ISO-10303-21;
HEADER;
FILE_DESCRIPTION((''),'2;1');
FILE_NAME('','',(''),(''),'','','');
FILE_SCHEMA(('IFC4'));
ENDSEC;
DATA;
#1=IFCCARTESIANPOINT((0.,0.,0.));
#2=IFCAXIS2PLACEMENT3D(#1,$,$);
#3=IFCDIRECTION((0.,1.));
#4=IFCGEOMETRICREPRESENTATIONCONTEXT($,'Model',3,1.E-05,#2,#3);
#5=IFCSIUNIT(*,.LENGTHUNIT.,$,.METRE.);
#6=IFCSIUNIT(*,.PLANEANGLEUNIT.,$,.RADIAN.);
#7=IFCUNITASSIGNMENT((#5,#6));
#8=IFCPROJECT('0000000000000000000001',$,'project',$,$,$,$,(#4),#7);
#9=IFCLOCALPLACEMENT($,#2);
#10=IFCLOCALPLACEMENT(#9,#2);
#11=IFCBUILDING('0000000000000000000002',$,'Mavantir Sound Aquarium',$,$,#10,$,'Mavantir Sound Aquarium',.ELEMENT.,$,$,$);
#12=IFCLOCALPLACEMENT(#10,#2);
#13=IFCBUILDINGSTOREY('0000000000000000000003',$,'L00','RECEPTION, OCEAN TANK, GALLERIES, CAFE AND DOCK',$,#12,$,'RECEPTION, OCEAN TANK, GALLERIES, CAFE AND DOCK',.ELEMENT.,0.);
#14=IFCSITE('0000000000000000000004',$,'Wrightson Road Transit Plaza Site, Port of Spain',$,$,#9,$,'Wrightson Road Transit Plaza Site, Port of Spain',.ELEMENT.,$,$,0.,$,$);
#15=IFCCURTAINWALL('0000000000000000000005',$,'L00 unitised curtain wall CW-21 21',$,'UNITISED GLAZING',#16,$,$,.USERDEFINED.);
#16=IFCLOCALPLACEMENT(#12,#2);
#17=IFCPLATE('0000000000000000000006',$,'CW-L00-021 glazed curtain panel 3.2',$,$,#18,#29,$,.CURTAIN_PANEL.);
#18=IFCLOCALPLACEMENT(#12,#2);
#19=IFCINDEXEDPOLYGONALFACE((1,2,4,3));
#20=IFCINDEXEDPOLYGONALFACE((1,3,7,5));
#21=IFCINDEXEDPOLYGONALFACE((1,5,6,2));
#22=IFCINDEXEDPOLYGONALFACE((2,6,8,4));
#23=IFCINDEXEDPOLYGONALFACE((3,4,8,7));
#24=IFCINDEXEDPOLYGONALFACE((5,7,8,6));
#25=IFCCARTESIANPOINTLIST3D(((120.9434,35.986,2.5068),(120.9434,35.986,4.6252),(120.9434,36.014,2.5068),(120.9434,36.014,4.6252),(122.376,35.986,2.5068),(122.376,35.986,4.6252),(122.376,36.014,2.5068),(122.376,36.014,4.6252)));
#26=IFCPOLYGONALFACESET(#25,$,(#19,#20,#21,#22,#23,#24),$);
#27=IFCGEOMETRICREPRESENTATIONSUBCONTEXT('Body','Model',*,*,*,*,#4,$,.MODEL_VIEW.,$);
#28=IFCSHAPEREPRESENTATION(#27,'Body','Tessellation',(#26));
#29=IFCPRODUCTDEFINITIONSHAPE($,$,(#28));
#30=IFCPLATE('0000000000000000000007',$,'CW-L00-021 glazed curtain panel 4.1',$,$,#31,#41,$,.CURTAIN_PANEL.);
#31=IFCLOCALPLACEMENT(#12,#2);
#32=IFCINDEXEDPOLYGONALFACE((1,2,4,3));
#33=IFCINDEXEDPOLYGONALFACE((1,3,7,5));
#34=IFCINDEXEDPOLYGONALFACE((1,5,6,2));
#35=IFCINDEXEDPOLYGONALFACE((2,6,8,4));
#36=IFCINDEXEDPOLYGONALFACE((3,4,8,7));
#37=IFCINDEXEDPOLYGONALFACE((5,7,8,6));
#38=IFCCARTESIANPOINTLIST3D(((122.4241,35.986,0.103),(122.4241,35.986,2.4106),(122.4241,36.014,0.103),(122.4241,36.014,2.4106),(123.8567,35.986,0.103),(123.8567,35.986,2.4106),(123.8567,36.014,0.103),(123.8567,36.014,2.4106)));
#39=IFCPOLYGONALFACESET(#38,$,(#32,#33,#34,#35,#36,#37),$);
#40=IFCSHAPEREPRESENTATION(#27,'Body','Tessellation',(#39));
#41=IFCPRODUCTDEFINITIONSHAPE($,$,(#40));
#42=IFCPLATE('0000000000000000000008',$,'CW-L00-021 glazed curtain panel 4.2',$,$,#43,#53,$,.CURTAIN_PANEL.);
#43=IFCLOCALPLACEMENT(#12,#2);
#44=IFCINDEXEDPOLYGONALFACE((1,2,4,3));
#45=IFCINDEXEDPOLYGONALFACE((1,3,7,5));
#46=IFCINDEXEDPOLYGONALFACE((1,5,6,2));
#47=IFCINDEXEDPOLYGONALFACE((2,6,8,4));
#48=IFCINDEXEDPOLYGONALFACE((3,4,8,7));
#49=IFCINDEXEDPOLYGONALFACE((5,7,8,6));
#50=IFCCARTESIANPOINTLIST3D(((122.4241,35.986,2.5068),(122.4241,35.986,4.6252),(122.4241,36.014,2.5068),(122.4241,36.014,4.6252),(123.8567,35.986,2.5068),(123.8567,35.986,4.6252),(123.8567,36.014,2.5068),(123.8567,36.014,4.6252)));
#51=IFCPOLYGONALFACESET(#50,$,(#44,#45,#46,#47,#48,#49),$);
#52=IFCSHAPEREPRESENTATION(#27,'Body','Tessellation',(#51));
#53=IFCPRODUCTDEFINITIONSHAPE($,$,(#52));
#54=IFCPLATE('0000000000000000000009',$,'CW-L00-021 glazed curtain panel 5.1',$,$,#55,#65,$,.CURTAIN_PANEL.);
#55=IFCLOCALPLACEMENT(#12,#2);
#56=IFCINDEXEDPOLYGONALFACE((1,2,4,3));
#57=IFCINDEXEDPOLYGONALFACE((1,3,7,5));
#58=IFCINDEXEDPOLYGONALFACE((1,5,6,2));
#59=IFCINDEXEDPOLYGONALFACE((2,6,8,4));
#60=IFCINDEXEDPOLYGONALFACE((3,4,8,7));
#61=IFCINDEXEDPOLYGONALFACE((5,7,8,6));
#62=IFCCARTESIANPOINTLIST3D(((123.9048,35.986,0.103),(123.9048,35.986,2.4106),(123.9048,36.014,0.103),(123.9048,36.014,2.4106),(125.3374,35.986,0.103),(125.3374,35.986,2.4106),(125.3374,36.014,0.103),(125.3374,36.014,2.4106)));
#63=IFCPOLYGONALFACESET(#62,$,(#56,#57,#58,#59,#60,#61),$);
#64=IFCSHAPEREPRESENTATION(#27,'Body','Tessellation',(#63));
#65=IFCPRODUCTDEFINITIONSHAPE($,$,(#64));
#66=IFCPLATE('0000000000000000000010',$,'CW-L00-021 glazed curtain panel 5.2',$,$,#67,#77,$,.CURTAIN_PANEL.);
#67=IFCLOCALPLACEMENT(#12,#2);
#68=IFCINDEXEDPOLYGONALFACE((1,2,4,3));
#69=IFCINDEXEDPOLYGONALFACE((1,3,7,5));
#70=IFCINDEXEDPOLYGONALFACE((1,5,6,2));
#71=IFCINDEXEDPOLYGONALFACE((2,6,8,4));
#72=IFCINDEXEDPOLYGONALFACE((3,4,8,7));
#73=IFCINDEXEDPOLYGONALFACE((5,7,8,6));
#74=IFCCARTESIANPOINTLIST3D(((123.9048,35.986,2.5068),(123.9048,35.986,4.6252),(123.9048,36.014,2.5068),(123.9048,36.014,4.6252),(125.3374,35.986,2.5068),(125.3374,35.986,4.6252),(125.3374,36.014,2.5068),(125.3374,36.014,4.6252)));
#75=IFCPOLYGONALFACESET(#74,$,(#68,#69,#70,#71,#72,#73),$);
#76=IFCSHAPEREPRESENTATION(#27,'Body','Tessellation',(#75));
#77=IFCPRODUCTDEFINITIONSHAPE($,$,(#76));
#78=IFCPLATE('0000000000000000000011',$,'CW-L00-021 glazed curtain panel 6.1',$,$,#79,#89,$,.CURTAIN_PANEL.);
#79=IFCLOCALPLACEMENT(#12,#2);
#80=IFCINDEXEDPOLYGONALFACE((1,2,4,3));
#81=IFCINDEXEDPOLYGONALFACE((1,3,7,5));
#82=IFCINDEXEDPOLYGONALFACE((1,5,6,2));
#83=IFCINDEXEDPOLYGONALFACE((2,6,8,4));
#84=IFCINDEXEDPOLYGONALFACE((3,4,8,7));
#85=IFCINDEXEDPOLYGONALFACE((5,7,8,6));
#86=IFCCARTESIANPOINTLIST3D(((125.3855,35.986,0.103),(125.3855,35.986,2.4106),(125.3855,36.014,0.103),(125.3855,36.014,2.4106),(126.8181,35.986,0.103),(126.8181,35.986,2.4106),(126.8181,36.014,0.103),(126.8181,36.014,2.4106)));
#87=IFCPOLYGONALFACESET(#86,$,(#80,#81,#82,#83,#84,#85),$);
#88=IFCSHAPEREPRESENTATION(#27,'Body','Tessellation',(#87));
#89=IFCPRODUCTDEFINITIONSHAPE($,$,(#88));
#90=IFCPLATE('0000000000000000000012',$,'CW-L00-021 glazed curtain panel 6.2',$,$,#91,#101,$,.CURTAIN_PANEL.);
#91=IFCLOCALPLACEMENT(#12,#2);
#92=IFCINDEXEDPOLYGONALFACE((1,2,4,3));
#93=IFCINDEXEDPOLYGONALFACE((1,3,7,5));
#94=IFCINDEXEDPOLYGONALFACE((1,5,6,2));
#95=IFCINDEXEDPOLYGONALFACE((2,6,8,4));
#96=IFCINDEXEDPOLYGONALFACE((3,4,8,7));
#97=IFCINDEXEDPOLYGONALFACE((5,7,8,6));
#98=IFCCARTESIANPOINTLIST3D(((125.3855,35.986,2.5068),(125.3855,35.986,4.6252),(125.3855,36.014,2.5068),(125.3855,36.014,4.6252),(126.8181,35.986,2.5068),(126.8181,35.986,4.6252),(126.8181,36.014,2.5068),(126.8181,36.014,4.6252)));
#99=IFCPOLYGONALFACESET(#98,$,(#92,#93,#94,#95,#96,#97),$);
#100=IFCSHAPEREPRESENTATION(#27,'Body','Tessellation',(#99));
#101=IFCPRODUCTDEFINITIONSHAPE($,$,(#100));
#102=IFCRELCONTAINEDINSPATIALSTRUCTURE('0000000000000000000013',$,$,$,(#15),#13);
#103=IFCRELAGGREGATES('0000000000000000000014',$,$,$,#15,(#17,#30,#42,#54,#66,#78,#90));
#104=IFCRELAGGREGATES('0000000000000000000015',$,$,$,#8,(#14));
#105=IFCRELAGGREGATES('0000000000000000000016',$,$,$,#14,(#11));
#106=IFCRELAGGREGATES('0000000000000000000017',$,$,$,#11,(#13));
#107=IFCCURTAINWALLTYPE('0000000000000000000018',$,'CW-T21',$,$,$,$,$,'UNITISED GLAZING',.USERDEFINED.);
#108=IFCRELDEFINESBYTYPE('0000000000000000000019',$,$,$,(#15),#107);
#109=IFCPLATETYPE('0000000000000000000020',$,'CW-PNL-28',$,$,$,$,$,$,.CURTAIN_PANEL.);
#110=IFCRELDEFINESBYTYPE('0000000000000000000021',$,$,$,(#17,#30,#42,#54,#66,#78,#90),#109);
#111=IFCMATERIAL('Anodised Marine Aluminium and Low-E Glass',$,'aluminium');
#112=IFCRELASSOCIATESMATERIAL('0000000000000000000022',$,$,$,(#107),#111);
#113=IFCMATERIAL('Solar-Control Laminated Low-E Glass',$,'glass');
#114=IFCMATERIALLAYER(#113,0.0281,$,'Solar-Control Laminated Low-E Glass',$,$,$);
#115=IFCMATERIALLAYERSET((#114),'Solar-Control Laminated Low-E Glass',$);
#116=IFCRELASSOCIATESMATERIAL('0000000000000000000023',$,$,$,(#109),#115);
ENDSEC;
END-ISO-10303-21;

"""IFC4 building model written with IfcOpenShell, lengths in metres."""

from ifc_helpers import new_model, si_unit, direction, frame, origin, origin_2d, place, context, subcontext, project, spatial, rectangle, extrude, material, layer, layer_set, type_object, element, aggregate, save


model = new_model("IFC4")

# Units and contexts
model_context = context("Model", 3, precision=1e-05, world=origin(), true_north=direction((0.0, 1.0)))
body_context = subcontext(model_context, "Body", "Model", "MODEL_VIEW")
ifc_project = project(units=[si_unit("LENGTHUNIT", "METRE"), si_unit("PLANEANGLEUNIT", "RADIAN")], contexts=[model_context])

# Site, building, storey
site_placement = place(None, origin())
site = spatial("IfcSite", under=ifc_project, at=site_placement, Name="Wrightson Road Transit Plaza Site, Port of Spain", LongName="Wrightson Road Transit Plaza Site, Port of Spain", CompositionType="ELEMENT", RefElevation=0.0)
building_placement = place(site_placement, origin())
building = spatial("IfcBuilding", under=site, at=building_placement, Name="Mavantir Sound Aquarium", LongName="Mavantir Sound Aquarium", CompositionType="ELEMENT")
storey_placement = place(building_placement, origin())
storey = spatial("IfcBuildingStorey", under=building, at=storey_placement, Name="L00", Description="RECEPTION, OCEAN TANK, GALLERIES, CAFE AND DOCK", LongName="RECEPTION, OCEAN TANK, GALLERIES, CAFE AND DOCK", CompositionType="ELEMENT", Elevation=0.0)

# Curtain wall, plates
ifc_material_1 = material(Name="Anodised Marine Aluminium and Low-E Glass", Category="aluminium")
curtain_wall_type = type_object("IfcCurtainWallType", Name="CW-T21", ElementType="UNITISED GLAZING", PredefinedType="USERDEFINED", material=ifc_material_1)
curtain_wall_placement = place(storey_placement, origin())
curtain_wall = element("IfcCurtainWall", 1, at=curtain_wall_placement, inside=storey, type_object=curtain_wall_type, Name="L00 unitised curtain wall CW-21 21", ObjectType="UNITISED GLAZING", PredefinedType="USERDEFINED")
ifc_material_2 = material(Name="Solar-Control Laminated Low-E Glass", Category="glass")
ifc_layer = layer(ifc_material_2, 0.0281, Name="Solar-Control Laminated Low-E Glass")
ifc_layer_set = layer_set([ifc_layer], Name="Solar-Control Laminated Low-E Glass")
plate_type = type_object("IfcPlateType", Name="CW-PNL-28", PredefinedType="CURTAIN_PANEL", material=ifc_layer_set)
plate_1_placement = place(storey_placement, frame((121.6597, 36.0, 2.5068), z_axis=(0.0, 0.0, 1.0), x_axis=(1.0, 0.0, 0.0)))
plate_1 = element("IfcPlate", 2, at=plate_1_placement, type_object=plate_type, Name="CW-L00-021 glazed curtain panel 3.2", PredefinedType="CURTAIN_PANEL", context=body_context, shape_type="SweptSolid", body=[
    extrude(rectangle(XDim=1.4326, YDim=0.0281, at=origin_2d()), origin(), (0.0, 0.0, 1.0), 2.1184),
])
plate_2_placement = place(storey_placement, frame((123.1404, 36.0, 0.103), z_axis=(0.0, 0.0, 1.0), x_axis=(1.0, 0.0, 0.0)))
plate_2 = element("IfcPlate", 3, at=plate_2_placement, type_object=plate_type, Name="CW-L00-021 glazed curtain panel 4.1", PredefinedType="CURTAIN_PANEL", context=body_context, shape_type="SweptSolid", body=[
    extrude(rectangle(XDim=1.4326, YDim=0.0281, at=origin_2d()), origin(), (0.0, 0.0, 1.0), 2.3076),
])
plate_3_placement = place(storey_placement, frame((123.1404, 36.0, 2.5068), z_axis=(0.0, 0.0, 1.0), x_axis=(1.0, 0.0, 0.0)))
plate_3 = element("IfcPlate", 4, at=plate_3_placement, type_object=plate_type, Name="CW-L00-021 glazed curtain panel 4.2", PredefinedType="CURTAIN_PANEL", context=body_context, shape_type="SweptSolid", body=[
    extrude(rectangle(XDim=1.4326, YDim=0.0281, at=origin_2d()), origin(), (0.0, 0.0, 1.0), 2.1184),
])
plate_4_placement = place(storey_placement, frame((124.6211, 36.0, 0.103), z_axis=(0.0, 0.0, 1.0), x_axis=(1.0, 0.0, 0.0)))
plate_4 = element("IfcPlate", 5, at=plate_4_placement, type_object=plate_type, Name="CW-L00-021 glazed curtain panel 5.1", PredefinedType="CURTAIN_PANEL", context=body_context, shape_type="SweptSolid", body=[
    extrude(rectangle(XDim=1.4326, YDim=0.0281, at=origin_2d()), origin(), (0.0, 0.0, 1.0), 2.3076),
])
plate_5_placement = place(storey_placement, frame((124.6211, 36.0, 2.5068), z_axis=(0.0, 0.0, 1.0), x_axis=(1.0, 0.0, 0.0)))
plate_5 = element("IfcPlate", 6, at=plate_5_placement, type_object=plate_type, Name="CW-L00-021 glazed curtain panel 5.2", PredefinedType="CURTAIN_PANEL", context=body_context, shape_type="SweptSolid", body=[
    extrude(rectangle(XDim=1.4326, YDim=0.0281, at=origin_2d()), origin(), (0.0, 0.0, 1.0), 2.1184),
])
plate_6_placement = place(storey_placement, frame((126.1018, 36.0, 0.103), z_axis=(0.0, 0.0, 1.0), x_axis=(1.0, 0.0, 0.0)))
plate_6 = element("IfcPlate", 7, at=plate_6_placement, type_object=plate_type, Name="CW-L00-021 glazed curtain panel 6.1", PredefinedType="CURTAIN_PANEL", context=body_context, shape_type="SweptSolid", body=[
    extrude(rectangle(XDim=1.4326, YDim=0.0281, at=origin_2d()), origin(), (0.0, 0.0, 1.0), 2.3076),
])
plate_7_placement = place(storey_placement, frame((126.1018, 36.0, 2.5068), z_axis=(0.0, 0.0, 1.0), x_axis=(1.0, 0.0, 0.0)))
plate_7 = element("IfcPlate", 8, at=plate_7_placement, type_object=plate_type, Name="CW-L00-021 glazed curtain panel 6.2", PredefinedType="CURTAIN_PANEL", context=body_context, shape_type="SweptSolid", body=[
    extrude(rectangle(XDim=1.4326, YDim=0.0281, at=origin_2d()), origin(), (0.0, 0.0, 1.0), 2.1184),
])
aggregate(curtain_wall, [plate_1, plate_2, plate_3, plate_4, plate_5, plate_6, plate_7])

save(model, "model.ifc")
